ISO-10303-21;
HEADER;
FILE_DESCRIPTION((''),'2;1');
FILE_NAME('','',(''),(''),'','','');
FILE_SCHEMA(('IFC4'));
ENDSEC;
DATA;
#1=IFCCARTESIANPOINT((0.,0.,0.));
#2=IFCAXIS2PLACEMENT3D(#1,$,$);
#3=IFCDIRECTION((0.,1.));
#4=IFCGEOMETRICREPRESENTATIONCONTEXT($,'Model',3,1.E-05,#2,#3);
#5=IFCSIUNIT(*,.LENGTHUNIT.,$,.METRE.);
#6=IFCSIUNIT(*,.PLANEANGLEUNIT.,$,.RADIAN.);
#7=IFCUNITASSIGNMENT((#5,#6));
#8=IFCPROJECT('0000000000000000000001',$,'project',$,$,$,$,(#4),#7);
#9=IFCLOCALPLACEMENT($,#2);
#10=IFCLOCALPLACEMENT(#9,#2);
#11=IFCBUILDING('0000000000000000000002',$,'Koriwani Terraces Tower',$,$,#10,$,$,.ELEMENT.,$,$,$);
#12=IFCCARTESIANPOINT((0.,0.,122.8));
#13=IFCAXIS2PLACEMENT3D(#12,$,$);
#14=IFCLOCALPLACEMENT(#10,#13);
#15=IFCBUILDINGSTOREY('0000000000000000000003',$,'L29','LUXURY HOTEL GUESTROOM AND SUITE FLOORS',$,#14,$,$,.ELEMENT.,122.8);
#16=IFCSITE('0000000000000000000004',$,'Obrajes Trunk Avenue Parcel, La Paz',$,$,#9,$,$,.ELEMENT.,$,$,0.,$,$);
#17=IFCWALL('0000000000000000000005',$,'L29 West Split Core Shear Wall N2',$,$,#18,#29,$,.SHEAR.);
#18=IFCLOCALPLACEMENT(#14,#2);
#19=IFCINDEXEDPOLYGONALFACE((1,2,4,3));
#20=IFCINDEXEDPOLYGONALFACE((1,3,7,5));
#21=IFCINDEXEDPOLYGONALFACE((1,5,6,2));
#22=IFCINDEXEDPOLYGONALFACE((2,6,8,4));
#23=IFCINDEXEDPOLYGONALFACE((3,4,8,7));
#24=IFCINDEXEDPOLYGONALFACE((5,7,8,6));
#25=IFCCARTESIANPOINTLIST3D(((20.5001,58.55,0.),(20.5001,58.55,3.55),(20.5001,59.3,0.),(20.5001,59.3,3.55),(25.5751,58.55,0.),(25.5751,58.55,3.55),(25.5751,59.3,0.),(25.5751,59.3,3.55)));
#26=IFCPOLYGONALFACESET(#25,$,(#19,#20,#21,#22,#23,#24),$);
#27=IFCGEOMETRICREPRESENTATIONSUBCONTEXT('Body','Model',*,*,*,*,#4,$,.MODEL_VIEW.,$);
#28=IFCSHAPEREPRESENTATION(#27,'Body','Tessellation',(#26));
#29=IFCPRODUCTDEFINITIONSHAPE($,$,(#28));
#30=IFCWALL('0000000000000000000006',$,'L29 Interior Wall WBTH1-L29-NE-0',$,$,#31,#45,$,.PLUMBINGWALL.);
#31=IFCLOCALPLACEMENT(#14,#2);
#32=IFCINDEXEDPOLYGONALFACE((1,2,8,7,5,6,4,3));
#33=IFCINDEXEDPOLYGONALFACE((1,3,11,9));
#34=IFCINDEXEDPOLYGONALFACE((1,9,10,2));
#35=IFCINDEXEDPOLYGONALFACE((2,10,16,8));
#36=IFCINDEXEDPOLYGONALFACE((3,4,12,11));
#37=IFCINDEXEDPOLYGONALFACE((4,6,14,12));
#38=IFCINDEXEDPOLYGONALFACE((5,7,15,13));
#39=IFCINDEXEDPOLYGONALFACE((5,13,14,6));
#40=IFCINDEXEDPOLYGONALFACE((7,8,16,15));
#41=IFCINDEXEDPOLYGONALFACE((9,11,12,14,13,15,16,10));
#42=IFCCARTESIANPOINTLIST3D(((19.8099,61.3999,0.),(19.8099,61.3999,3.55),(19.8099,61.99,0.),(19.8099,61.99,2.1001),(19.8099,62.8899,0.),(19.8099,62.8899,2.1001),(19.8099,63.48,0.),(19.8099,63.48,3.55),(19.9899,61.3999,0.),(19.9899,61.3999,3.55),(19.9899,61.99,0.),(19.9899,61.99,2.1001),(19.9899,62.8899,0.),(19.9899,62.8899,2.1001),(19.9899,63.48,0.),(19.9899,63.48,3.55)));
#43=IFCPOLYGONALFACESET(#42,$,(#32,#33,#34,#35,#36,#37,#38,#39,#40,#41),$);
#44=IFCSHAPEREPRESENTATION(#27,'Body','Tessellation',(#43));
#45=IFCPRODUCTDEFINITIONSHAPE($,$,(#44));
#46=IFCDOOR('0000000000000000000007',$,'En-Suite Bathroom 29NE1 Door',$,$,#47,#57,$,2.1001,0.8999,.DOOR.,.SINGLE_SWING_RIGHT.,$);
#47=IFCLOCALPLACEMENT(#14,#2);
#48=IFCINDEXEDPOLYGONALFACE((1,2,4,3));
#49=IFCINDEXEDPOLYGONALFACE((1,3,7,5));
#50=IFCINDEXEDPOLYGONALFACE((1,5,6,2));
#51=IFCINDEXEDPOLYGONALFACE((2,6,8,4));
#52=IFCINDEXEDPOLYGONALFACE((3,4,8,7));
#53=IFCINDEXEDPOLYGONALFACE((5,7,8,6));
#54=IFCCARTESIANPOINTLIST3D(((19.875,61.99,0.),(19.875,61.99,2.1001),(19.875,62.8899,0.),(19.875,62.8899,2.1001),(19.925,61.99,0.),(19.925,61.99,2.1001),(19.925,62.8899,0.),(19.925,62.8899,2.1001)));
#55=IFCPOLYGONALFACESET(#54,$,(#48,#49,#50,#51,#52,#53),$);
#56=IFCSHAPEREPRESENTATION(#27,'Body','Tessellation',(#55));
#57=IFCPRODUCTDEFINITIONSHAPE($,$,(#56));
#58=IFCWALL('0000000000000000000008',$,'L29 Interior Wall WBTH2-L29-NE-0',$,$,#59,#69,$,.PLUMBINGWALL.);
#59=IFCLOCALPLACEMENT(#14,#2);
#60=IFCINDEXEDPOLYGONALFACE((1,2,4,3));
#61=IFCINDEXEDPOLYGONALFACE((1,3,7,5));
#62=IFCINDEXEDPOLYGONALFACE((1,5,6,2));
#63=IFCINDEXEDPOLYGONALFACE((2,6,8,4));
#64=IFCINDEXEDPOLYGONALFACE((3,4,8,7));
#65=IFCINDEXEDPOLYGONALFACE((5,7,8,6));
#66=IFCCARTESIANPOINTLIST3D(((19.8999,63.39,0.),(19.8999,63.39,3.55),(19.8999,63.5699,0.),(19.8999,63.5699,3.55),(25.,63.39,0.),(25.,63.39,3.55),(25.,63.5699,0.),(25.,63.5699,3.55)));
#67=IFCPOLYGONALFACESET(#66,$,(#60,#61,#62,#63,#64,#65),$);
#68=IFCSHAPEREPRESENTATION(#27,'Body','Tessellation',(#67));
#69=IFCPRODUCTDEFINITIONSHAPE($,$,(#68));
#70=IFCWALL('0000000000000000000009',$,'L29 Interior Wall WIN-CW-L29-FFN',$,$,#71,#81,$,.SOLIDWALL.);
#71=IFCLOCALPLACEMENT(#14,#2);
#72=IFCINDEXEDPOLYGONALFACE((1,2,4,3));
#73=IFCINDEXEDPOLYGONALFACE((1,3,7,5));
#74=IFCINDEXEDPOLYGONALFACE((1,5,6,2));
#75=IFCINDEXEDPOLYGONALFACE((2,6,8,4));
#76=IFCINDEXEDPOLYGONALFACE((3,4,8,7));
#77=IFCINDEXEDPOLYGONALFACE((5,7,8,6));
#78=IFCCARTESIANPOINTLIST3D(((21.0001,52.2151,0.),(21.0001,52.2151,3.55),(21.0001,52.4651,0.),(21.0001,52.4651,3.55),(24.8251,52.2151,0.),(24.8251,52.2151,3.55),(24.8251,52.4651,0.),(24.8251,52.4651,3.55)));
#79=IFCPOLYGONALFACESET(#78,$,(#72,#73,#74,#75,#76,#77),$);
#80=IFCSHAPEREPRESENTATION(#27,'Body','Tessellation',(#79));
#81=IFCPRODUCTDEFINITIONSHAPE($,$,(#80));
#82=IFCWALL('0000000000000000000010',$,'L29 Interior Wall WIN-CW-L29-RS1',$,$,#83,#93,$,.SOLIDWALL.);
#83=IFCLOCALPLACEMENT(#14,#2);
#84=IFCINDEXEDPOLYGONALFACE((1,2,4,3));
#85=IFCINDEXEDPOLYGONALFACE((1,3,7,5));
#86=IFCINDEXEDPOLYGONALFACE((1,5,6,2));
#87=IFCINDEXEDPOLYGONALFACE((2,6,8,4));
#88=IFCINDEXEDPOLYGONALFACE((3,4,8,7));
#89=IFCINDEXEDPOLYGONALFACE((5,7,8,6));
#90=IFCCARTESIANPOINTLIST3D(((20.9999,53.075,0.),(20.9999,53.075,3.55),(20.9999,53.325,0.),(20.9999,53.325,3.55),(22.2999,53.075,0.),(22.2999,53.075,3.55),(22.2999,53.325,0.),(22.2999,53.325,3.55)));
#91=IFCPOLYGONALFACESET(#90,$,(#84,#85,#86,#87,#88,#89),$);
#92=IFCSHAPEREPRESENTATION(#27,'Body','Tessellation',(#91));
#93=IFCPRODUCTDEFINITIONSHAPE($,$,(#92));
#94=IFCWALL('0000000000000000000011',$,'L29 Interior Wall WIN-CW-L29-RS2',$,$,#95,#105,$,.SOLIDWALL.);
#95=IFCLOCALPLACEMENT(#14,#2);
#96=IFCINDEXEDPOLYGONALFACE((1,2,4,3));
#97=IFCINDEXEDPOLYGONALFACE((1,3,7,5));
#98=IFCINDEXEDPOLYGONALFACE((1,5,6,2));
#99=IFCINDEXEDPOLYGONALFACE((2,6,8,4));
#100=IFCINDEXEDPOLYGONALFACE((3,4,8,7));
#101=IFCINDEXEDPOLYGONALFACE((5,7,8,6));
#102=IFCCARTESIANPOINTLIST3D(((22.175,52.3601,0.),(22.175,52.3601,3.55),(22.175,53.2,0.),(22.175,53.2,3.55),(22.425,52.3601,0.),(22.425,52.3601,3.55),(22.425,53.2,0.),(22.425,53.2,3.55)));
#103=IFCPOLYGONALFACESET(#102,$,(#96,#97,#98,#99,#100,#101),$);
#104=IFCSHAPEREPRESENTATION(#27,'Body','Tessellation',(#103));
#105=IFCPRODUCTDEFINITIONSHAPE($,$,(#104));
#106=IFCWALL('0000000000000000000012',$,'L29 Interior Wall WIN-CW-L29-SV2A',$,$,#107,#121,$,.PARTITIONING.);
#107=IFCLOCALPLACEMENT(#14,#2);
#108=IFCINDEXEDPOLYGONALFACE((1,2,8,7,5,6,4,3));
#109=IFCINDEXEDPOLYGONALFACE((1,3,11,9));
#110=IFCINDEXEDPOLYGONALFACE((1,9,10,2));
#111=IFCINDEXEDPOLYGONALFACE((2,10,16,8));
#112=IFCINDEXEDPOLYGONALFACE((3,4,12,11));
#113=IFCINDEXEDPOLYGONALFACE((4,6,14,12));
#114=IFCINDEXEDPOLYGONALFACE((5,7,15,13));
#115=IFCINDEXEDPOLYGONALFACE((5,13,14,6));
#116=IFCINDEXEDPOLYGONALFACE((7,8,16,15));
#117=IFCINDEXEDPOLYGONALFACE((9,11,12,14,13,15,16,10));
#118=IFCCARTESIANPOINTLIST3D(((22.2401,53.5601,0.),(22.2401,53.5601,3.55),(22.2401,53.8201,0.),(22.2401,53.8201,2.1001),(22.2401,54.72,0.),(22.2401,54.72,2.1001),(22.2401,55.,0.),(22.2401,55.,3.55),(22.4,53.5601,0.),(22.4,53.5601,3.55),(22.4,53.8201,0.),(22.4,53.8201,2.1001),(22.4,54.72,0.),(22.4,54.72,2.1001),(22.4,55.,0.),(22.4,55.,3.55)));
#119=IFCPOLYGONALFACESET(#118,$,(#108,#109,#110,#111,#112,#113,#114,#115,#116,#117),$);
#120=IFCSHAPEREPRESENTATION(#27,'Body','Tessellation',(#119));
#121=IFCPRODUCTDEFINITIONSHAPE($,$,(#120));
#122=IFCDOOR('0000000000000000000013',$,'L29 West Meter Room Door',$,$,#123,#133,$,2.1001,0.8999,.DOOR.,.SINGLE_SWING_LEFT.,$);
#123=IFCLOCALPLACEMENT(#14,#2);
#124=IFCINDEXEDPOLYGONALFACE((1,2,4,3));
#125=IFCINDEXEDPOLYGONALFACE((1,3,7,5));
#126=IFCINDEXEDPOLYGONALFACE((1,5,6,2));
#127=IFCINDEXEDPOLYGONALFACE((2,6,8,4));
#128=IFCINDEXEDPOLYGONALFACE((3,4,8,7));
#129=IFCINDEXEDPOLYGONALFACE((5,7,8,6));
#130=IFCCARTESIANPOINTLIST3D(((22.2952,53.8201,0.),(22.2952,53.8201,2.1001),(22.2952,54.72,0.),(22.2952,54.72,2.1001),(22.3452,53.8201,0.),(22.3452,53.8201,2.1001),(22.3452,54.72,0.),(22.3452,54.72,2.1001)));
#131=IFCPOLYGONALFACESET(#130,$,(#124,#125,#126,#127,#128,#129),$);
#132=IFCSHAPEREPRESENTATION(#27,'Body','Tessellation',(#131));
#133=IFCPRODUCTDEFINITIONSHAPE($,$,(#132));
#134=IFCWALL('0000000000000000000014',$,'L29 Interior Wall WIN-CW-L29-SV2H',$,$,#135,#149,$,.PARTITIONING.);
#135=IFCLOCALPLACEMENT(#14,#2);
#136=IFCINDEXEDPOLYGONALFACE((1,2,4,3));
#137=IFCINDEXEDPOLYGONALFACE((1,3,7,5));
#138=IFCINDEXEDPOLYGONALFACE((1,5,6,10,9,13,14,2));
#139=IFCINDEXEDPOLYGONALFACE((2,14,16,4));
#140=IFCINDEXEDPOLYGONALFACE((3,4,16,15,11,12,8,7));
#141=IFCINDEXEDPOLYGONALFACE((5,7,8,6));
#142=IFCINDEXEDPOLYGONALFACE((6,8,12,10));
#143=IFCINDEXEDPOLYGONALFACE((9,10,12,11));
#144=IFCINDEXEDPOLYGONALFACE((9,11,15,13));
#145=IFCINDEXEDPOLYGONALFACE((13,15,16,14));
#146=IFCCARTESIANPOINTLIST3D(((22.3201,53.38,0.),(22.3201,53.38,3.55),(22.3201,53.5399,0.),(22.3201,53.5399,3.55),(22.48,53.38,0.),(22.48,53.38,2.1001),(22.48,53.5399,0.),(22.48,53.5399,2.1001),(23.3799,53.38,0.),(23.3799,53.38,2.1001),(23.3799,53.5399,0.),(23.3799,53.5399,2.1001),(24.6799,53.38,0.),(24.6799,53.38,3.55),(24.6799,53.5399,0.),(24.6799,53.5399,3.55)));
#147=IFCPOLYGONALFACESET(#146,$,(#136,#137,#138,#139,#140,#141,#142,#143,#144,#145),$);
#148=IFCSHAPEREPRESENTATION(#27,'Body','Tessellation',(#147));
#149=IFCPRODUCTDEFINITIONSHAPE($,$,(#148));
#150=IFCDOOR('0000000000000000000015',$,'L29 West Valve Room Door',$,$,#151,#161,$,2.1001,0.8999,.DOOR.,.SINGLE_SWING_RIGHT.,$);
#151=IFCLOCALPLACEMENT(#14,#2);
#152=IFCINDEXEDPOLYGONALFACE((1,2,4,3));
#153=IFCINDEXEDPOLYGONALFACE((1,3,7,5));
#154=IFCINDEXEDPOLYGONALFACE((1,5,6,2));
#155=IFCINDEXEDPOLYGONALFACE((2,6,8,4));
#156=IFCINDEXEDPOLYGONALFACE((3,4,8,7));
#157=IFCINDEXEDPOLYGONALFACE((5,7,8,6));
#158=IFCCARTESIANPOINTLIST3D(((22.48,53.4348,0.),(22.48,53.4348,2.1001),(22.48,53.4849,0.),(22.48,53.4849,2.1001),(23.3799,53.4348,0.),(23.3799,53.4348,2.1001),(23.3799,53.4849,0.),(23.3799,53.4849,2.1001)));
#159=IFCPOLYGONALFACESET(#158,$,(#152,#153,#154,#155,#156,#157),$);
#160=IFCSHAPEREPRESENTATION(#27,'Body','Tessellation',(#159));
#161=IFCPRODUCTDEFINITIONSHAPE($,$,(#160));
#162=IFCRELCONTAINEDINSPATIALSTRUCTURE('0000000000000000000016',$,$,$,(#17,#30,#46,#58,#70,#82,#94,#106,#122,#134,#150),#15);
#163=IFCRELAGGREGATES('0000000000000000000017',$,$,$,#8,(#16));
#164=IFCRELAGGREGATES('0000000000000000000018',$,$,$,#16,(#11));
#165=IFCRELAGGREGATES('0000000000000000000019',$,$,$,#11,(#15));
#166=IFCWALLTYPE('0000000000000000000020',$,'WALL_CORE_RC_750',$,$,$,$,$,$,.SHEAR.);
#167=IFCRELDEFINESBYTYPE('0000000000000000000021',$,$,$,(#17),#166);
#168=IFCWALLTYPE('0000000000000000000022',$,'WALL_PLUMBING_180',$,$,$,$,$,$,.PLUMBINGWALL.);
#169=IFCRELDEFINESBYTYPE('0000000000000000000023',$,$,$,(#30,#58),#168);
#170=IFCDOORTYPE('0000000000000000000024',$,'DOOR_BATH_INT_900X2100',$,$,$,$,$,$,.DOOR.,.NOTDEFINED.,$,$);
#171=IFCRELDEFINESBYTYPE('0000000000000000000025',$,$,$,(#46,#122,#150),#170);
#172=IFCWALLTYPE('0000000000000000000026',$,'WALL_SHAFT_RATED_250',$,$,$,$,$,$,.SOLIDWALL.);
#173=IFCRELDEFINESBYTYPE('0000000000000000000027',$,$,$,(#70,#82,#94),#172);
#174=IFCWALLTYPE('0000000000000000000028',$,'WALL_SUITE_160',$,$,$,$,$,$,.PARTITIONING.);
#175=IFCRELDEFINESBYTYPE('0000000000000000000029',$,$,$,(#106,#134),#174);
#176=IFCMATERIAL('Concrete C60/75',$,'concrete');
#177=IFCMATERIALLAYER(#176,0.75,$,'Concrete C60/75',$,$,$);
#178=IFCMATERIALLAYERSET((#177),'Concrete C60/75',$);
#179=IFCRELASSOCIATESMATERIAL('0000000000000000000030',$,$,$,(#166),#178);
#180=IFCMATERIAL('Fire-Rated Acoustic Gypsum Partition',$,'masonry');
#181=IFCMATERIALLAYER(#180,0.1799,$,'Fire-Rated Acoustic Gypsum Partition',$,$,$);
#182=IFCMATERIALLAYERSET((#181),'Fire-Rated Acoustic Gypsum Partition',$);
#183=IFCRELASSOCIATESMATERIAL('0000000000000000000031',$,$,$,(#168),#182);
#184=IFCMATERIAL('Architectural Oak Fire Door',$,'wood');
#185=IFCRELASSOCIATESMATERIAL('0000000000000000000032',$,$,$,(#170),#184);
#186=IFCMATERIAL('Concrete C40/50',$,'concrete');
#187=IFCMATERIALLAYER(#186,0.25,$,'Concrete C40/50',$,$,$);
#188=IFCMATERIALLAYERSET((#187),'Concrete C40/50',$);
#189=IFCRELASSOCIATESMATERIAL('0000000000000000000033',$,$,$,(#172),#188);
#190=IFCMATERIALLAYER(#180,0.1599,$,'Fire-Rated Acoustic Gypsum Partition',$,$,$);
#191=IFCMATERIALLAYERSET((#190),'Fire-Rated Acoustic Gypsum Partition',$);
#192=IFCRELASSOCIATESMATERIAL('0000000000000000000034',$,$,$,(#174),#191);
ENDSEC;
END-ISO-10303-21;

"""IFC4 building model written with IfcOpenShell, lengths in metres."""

from ifc_helpers import new_model, si_unit, direction, frame, frame_2d, origin, place, context, subcontext, project, spatial, rectangle, extrude, material, layer, layer_set, type_object, element, fill, save


model = new_model("IFC4")

# Units and contexts
model_context = context("Model", 3, precision=1e-05, world=origin(), true_north=direction((0.0, 1.0)))
body_context = subcontext(model_context, "Body", "Model", "MODEL_VIEW")
ifc_project = project(units=[si_unit("LENGTHUNIT", "METRE"), si_unit("PLANEANGLEUNIT", "RADIAN")], contexts=[model_context])

# Site, building, storey
site_placement = place(None, origin())
site = spatial("IfcSite", under=ifc_project, at=site_placement, Name="Obrajes Trunk Avenue Parcel, La Paz", CompositionType="ELEMENT", RefElevation=0.0)
building_placement = place(site_placement, origin())
building = spatial("IfcBuilding", under=site, at=building_placement, Name="Koriwani Terraces Tower", CompositionType="ELEMENT")
storey_placement = place(building_placement, frame((0.0, 0.0, 122.8)))
storey = spatial("IfcBuildingStorey", under=building, at=storey_placement, Name="L29", Description="LUXURY HOTEL GUESTROOM AND SUITE FLOORS", CompositionType="ELEMENT", Elevation=122.8)

# Wall
ifc_material_1 = material(Name="Concrete C60/75", Category="concrete")
ifc_layer_1 = layer(ifc_material_1, 0.75, Name="Concrete C60/75")
ifc_layer_set_1 = layer_set([ifc_layer_1], Name="Concrete C60/75")
wall_type_1 = type_object("IfcWallType", Name="WALL_CORE_RC_750", PredefinedType="SHEAR", material=ifc_layer_set_1)
wall_1_placement = place(storey_placement, frame((20.5, 58.925, 0.0), z_axis=(0.0, 0.0, 1.0), x_axis=(1.0, 0.0, 0.0)))
element("IfcWall", 1, at=wall_1_placement, inside=storey, type_object=wall_type_1, Name="L29 West Split Core Shear Wall N2", PredefinedType="SHEAR", context=body_context, shape_type="SweptSolid", body=[
    extrude(rectangle(XDim=5.075, YDim=0.75, at=frame_2d((2.5376, 0.0))), origin(), (0.0, 0.0, 1.0), 3.55),
])

# Wall, opening, door
ifc_material_2 = material(Name="Fire-Rated Acoustic Gypsum Partition", Category="masonry")
ifc_layer_2 = layer(ifc_material_2, 0.1799, Name="Fire-Rated Acoustic Gypsum Partition")
ifc_layer_set_2 = layer_set([ifc_layer_2], Name="Fire-Rated Acoustic Gypsum Partition")
wall_type_2 = type_object("IfcWallType", Name="WALL_PLUMBING_180", PredefinedType="PLUMBINGWALL", material=ifc_layer_set_2)
wall_2_placement = place(storey_placement, frame((19.8999, 61.3999, 0.0), z_axis=(0.0, 0.0, 1.0), x_axis=(0.0, 1.0, 0.0)))
wall_2 = element("IfcWall", 2, at=wall_2_placement, inside=storey, type_object=wall_type_2, Name="L29 Interior Wall WBTH1-L29-NE-0", PredefinedType="PLUMBINGWALL", context=body_context, shape_type="SweptSolid", body=[
    extrude(rectangle(XDim=2.0801, YDim=0.1799, at=frame_2d((1.04, 0.0))), origin(), (0.0, 0.0, 1.0), 3.55),
])
opening_1_placement = place(wall_2_placement, frame((0.5901, 0.0, 0.0)))
opening_1 = element("IfcOpeningElement", 3, at=opening_1_placement, cuts=wall_2, PredefinedType="OPENING", context=body_context, shape_type="SweptSolid", body=[
    extrude(rectangle(XDim=0.8999, YDim=2.1001, at=frame_2d((0.45, 1.05))), frame((0.0, 0.1001, 0.0), z_axis=(0.0, -1.0, 0.0), x_axis=(1.0, 0.0, 0.0)), (0.0, 0.0, 1.0), 0.2),
])
ifc_material_3 = material(Name="Architectural Oak Fire Door", Category="wood")
door_type_1 = type_object("IfcDoorType", Name="DOOR_BATH_INT_900X2100", OperationType="NOTDEFINED", PredefinedType="DOOR", material=ifc_material_3)
door_1_placement = place(opening_1_placement, origin())
door_1 = element("IfcDoor", 4, at=door_1_placement, inside=storey, type_object=door_type_1, Name="En-Suite Bathroom 29NE1 Door", OperationType="SINGLE_SWING_RIGHT", OverallHeight=2.1001, OverallWidth=0.8999, PredefinedType="DOOR", context=body_context, shape_type="SweptSolid", body=[
    extrude(rectangle(XDim=0.8999, YDim=2.1001, at=frame_2d((0.45, 1.05))), frame((0.0, 0.0249, 0.0), z_axis=(0.0, -1.0, 0.0), x_axis=(1.0, 0.0, 0.0)), (0.0, 0.0, 1.0), 0.05),
])
fill(opening_1, door_1)

# Walls
wall_3_placement = place(storey_placement, frame((19.8999, 63.48, 0.0), z_axis=(0.0, 0.0, 1.0), x_axis=(1.0, 0.0, 0.0)))
element("IfcWall", 5, at=wall_3_placement, inside=storey, type_object=wall_type_2, Name="L29 Interior Wall WBTH2-L29-NE-0", PredefinedType="PLUMBINGWALL", context=body_context, shape_type="SweptSolid", body=[
    extrude(rectangle(XDim=5.1001, YDim=0.1799, at=frame_2d((2.55, 0.0))), origin(), (0.0, 0.0, 1.0), 3.55),
])
ifc_material_4 = material(Name="Concrete C40/50", Category="concrete")
ifc_layer_3 = layer(ifc_material_4, 0.25, Name="Concrete C40/50")
ifc_layer_set_3 = layer_set([ifc_layer_3], Name="Concrete C40/50")
wall_type_3 = type_object("IfcWallType", Name="WALL_SHAFT_RATED_250", PredefinedType="SOLIDWALL", material=ifc_layer_set_3)
wall_4_placement = place(storey_placement, frame((21.0, 52.3401, 0.0), z_axis=(0.0, 0.0, 1.0), x_axis=(1.0, 0.0, 0.0)))
element("IfcWall", 6, at=wall_4_placement, inside=storey, type_object=wall_type_3, Name="L29 Interior Wall WIN-CW-L29-FFN", PredefinedType="SOLIDWALL", context=body_context, shape_type="SweptSolid", body=[
    extrude(rectangle(XDim=3.825, YDim=0.25, at=frame_2d((1.9126, 0.0))), origin(), (0.0, 0.0, 1.0), 3.55),
])

# Walls
wall_5_placement = place(storey_placement, frame((21.0, 53.2, 0.0), z_axis=(0.0, 0.0, 1.0), x_axis=(1.0, 0.0, 0.0)))
element("IfcWall", 7, at=wall_5_placement, inside=storey, type_object=wall_type_3, Name="L29 Interior Wall WIN-CW-L29-RS1", PredefinedType="SOLIDWALL", context=body_context, shape_type="SweptSolid", body=[
    extrude(rectangle(XDim=1.3, YDim=0.25, at=frame_2d((0.6499, 0.0))), origin(), (0.0, 0.0, 1.0), 3.55),
])
wall_6_placement = place(storey_placement, frame((22.3, 52.3601, 0.0), z_axis=(0.0, 0.0, 1.0), x_axis=(0.0, 1.0, 0.0)))
element("IfcWall", 8, at=wall_6_placement, inside=storey, type_object=wall_type_3, Name="L29 Interior Wall WIN-CW-L29-RS2", PredefinedType="SOLIDWALL", context=body_context, shape_type="SweptSolid", body=[
    extrude(rectangle(XDim=0.8398, YDim=0.25, at=frame_2d((0.4199, 0.0))), origin(), (0.0, 0.0, 1.0), 3.55),
])

# Walls, openings, doors
ifc_layer_4 = layer(ifc_material_2, 0.1599, Name="Fire-Rated Acoustic Gypsum Partition")
ifc_layer_set_4 = layer_set([ifc_layer_4], Name="Fire-Rated Acoustic Gypsum Partition")
wall_type_4 = type_object("IfcWallType", Name="WALL_SUITE_160", PredefinedType="PARTITIONING", material=ifc_layer_set_4)
wall_7_placement = place(storey_placement, frame((22.3201, 53.5601, 0.0), z_axis=(0.0, 0.0, 1.0), x_axis=(0.0, 1.0, 0.0)))
wall_7 = element("IfcWall", 9, at=wall_7_placement, inside=storey, type_object=wall_type_4, Name="L29 Interior Wall WIN-CW-L29-SV2A", PredefinedType="PARTITIONING", context=body_context, shape_type="SweptSolid", body=[
    extrude(rectangle(XDim=1.4399, YDim=0.1599, at=frame_2d((0.72, 0.0))), origin(), (0.0, 0.0, 1.0), 3.55),
])
opening_2_placement = place(wall_7_placement, frame((0.26, 0.0, 0.0)))
opening_2 = element("IfcOpeningElement", 10, at=opening_2_placement, cuts=wall_7, PredefinedType="OPENING", context=body_context, shape_type="SweptSolid", body=[
    extrude(rectangle(XDim=0.8999, YDim=2.1001, at=frame_2d((0.45, 1.05))), frame((0.0, 0.0898, 0.0), z_axis=(0.0, -1.0, 0.0), x_axis=(1.0, 0.0, 0.0)), (0.0, 0.0, 1.0), 0.1799),
])
door_2_placement = place(opening_2_placement, origin())
door_2 = element("IfcDoor", 11, at=door_2_placement, inside=storey, type_object=door_type_1, Name="L29 West Meter Room Door", OperationType="SINGLE_SWING_LEFT", OverallHeight=2.1001, OverallWidth=0.8999, PredefinedType="DOOR", context=body_context, shape_type="SweptSolid", body=[
    extrude(rectangle(XDim=0.8999, YDim=2.1001, at=frame_2d((0.45, 1.05))), frame((0.0, 0.0249, 0.0), z_axis=(0.0, -1.0, 0.0), x_axis=(1.0, 0.0, 0.0)), (0.0, 0.0, 1.0), 0.05),
])
fill(opening_2, door_2)
wall_8_placement = place(storey_placement, frame((22.3201, 53.46, 0.0), z_axis=(0.0, 0.0, 1.0), x_axis=(1.0, 0.0, 0.0)))
wall_8 = element("IfcWall", 12, at=wall_8_placement, inside=storey, type_object=wall_type_4, Name="L29 Interior Wall WIN-CW-L29-SV2H", PredefinedType="PARTITIONING", context=body_context, shape_type="SweptSolid", body=[
    extrude(rectangle(XDim=2.3599, YDim=0.1599, at=frame_2d((1.1799, 0.0))), origin(), (0.0, 0.0, 1.0), 3.55),
])
opening_3_placement = place(wall_8_placement, frame((0.1599, 0.0, 0.0)))
opening_3 = element("IfcOpeningElement", 13, at=opening_3_placement, cuts=wall_8, PredefinedType="OPENING", context=body_context, shape_type="SweptSolid", body=[
    extrude(rectangle(XDim=0.8999, YDim=2.1001, at=frame_2d((0.45, 1.05))), frame((0.0, 0.0898, 0.0), z_axis=(0.0, -1.0, 0.0), x_axis=(1.0, 0.0, 0.0)), (0.0, 0.0, 1.0), 0.1799),
])
door_3_placement = place(opening_3_placement, origin())
door_3 = element("IfcDoor", 14, at=door_3_placement, inside=storey, type_object=door_type_1, Name="L29 West Valve Room Door", OperationType="SINGLE_SWING_RIGHT", OverallHeight=2.1001, OverallWidth=0.8999, PredefinedType="DOOR", context=body_context, shape_type="SweptSolid", body=[
    extrude(rectangle(XDim=0.8999, YDim=2.1001, at=frame_2d((0.45, 1.05))), frame((0.0, 0.0249, 0.0), z_axis=(0.0, -1.0, 0.0), x_axis=(1.0, 0.0, 0.0)), (0.0, 0.0, 1.0), 0.05),
])
fill(opening_3, door_3)

save(model, "model.ifc")
